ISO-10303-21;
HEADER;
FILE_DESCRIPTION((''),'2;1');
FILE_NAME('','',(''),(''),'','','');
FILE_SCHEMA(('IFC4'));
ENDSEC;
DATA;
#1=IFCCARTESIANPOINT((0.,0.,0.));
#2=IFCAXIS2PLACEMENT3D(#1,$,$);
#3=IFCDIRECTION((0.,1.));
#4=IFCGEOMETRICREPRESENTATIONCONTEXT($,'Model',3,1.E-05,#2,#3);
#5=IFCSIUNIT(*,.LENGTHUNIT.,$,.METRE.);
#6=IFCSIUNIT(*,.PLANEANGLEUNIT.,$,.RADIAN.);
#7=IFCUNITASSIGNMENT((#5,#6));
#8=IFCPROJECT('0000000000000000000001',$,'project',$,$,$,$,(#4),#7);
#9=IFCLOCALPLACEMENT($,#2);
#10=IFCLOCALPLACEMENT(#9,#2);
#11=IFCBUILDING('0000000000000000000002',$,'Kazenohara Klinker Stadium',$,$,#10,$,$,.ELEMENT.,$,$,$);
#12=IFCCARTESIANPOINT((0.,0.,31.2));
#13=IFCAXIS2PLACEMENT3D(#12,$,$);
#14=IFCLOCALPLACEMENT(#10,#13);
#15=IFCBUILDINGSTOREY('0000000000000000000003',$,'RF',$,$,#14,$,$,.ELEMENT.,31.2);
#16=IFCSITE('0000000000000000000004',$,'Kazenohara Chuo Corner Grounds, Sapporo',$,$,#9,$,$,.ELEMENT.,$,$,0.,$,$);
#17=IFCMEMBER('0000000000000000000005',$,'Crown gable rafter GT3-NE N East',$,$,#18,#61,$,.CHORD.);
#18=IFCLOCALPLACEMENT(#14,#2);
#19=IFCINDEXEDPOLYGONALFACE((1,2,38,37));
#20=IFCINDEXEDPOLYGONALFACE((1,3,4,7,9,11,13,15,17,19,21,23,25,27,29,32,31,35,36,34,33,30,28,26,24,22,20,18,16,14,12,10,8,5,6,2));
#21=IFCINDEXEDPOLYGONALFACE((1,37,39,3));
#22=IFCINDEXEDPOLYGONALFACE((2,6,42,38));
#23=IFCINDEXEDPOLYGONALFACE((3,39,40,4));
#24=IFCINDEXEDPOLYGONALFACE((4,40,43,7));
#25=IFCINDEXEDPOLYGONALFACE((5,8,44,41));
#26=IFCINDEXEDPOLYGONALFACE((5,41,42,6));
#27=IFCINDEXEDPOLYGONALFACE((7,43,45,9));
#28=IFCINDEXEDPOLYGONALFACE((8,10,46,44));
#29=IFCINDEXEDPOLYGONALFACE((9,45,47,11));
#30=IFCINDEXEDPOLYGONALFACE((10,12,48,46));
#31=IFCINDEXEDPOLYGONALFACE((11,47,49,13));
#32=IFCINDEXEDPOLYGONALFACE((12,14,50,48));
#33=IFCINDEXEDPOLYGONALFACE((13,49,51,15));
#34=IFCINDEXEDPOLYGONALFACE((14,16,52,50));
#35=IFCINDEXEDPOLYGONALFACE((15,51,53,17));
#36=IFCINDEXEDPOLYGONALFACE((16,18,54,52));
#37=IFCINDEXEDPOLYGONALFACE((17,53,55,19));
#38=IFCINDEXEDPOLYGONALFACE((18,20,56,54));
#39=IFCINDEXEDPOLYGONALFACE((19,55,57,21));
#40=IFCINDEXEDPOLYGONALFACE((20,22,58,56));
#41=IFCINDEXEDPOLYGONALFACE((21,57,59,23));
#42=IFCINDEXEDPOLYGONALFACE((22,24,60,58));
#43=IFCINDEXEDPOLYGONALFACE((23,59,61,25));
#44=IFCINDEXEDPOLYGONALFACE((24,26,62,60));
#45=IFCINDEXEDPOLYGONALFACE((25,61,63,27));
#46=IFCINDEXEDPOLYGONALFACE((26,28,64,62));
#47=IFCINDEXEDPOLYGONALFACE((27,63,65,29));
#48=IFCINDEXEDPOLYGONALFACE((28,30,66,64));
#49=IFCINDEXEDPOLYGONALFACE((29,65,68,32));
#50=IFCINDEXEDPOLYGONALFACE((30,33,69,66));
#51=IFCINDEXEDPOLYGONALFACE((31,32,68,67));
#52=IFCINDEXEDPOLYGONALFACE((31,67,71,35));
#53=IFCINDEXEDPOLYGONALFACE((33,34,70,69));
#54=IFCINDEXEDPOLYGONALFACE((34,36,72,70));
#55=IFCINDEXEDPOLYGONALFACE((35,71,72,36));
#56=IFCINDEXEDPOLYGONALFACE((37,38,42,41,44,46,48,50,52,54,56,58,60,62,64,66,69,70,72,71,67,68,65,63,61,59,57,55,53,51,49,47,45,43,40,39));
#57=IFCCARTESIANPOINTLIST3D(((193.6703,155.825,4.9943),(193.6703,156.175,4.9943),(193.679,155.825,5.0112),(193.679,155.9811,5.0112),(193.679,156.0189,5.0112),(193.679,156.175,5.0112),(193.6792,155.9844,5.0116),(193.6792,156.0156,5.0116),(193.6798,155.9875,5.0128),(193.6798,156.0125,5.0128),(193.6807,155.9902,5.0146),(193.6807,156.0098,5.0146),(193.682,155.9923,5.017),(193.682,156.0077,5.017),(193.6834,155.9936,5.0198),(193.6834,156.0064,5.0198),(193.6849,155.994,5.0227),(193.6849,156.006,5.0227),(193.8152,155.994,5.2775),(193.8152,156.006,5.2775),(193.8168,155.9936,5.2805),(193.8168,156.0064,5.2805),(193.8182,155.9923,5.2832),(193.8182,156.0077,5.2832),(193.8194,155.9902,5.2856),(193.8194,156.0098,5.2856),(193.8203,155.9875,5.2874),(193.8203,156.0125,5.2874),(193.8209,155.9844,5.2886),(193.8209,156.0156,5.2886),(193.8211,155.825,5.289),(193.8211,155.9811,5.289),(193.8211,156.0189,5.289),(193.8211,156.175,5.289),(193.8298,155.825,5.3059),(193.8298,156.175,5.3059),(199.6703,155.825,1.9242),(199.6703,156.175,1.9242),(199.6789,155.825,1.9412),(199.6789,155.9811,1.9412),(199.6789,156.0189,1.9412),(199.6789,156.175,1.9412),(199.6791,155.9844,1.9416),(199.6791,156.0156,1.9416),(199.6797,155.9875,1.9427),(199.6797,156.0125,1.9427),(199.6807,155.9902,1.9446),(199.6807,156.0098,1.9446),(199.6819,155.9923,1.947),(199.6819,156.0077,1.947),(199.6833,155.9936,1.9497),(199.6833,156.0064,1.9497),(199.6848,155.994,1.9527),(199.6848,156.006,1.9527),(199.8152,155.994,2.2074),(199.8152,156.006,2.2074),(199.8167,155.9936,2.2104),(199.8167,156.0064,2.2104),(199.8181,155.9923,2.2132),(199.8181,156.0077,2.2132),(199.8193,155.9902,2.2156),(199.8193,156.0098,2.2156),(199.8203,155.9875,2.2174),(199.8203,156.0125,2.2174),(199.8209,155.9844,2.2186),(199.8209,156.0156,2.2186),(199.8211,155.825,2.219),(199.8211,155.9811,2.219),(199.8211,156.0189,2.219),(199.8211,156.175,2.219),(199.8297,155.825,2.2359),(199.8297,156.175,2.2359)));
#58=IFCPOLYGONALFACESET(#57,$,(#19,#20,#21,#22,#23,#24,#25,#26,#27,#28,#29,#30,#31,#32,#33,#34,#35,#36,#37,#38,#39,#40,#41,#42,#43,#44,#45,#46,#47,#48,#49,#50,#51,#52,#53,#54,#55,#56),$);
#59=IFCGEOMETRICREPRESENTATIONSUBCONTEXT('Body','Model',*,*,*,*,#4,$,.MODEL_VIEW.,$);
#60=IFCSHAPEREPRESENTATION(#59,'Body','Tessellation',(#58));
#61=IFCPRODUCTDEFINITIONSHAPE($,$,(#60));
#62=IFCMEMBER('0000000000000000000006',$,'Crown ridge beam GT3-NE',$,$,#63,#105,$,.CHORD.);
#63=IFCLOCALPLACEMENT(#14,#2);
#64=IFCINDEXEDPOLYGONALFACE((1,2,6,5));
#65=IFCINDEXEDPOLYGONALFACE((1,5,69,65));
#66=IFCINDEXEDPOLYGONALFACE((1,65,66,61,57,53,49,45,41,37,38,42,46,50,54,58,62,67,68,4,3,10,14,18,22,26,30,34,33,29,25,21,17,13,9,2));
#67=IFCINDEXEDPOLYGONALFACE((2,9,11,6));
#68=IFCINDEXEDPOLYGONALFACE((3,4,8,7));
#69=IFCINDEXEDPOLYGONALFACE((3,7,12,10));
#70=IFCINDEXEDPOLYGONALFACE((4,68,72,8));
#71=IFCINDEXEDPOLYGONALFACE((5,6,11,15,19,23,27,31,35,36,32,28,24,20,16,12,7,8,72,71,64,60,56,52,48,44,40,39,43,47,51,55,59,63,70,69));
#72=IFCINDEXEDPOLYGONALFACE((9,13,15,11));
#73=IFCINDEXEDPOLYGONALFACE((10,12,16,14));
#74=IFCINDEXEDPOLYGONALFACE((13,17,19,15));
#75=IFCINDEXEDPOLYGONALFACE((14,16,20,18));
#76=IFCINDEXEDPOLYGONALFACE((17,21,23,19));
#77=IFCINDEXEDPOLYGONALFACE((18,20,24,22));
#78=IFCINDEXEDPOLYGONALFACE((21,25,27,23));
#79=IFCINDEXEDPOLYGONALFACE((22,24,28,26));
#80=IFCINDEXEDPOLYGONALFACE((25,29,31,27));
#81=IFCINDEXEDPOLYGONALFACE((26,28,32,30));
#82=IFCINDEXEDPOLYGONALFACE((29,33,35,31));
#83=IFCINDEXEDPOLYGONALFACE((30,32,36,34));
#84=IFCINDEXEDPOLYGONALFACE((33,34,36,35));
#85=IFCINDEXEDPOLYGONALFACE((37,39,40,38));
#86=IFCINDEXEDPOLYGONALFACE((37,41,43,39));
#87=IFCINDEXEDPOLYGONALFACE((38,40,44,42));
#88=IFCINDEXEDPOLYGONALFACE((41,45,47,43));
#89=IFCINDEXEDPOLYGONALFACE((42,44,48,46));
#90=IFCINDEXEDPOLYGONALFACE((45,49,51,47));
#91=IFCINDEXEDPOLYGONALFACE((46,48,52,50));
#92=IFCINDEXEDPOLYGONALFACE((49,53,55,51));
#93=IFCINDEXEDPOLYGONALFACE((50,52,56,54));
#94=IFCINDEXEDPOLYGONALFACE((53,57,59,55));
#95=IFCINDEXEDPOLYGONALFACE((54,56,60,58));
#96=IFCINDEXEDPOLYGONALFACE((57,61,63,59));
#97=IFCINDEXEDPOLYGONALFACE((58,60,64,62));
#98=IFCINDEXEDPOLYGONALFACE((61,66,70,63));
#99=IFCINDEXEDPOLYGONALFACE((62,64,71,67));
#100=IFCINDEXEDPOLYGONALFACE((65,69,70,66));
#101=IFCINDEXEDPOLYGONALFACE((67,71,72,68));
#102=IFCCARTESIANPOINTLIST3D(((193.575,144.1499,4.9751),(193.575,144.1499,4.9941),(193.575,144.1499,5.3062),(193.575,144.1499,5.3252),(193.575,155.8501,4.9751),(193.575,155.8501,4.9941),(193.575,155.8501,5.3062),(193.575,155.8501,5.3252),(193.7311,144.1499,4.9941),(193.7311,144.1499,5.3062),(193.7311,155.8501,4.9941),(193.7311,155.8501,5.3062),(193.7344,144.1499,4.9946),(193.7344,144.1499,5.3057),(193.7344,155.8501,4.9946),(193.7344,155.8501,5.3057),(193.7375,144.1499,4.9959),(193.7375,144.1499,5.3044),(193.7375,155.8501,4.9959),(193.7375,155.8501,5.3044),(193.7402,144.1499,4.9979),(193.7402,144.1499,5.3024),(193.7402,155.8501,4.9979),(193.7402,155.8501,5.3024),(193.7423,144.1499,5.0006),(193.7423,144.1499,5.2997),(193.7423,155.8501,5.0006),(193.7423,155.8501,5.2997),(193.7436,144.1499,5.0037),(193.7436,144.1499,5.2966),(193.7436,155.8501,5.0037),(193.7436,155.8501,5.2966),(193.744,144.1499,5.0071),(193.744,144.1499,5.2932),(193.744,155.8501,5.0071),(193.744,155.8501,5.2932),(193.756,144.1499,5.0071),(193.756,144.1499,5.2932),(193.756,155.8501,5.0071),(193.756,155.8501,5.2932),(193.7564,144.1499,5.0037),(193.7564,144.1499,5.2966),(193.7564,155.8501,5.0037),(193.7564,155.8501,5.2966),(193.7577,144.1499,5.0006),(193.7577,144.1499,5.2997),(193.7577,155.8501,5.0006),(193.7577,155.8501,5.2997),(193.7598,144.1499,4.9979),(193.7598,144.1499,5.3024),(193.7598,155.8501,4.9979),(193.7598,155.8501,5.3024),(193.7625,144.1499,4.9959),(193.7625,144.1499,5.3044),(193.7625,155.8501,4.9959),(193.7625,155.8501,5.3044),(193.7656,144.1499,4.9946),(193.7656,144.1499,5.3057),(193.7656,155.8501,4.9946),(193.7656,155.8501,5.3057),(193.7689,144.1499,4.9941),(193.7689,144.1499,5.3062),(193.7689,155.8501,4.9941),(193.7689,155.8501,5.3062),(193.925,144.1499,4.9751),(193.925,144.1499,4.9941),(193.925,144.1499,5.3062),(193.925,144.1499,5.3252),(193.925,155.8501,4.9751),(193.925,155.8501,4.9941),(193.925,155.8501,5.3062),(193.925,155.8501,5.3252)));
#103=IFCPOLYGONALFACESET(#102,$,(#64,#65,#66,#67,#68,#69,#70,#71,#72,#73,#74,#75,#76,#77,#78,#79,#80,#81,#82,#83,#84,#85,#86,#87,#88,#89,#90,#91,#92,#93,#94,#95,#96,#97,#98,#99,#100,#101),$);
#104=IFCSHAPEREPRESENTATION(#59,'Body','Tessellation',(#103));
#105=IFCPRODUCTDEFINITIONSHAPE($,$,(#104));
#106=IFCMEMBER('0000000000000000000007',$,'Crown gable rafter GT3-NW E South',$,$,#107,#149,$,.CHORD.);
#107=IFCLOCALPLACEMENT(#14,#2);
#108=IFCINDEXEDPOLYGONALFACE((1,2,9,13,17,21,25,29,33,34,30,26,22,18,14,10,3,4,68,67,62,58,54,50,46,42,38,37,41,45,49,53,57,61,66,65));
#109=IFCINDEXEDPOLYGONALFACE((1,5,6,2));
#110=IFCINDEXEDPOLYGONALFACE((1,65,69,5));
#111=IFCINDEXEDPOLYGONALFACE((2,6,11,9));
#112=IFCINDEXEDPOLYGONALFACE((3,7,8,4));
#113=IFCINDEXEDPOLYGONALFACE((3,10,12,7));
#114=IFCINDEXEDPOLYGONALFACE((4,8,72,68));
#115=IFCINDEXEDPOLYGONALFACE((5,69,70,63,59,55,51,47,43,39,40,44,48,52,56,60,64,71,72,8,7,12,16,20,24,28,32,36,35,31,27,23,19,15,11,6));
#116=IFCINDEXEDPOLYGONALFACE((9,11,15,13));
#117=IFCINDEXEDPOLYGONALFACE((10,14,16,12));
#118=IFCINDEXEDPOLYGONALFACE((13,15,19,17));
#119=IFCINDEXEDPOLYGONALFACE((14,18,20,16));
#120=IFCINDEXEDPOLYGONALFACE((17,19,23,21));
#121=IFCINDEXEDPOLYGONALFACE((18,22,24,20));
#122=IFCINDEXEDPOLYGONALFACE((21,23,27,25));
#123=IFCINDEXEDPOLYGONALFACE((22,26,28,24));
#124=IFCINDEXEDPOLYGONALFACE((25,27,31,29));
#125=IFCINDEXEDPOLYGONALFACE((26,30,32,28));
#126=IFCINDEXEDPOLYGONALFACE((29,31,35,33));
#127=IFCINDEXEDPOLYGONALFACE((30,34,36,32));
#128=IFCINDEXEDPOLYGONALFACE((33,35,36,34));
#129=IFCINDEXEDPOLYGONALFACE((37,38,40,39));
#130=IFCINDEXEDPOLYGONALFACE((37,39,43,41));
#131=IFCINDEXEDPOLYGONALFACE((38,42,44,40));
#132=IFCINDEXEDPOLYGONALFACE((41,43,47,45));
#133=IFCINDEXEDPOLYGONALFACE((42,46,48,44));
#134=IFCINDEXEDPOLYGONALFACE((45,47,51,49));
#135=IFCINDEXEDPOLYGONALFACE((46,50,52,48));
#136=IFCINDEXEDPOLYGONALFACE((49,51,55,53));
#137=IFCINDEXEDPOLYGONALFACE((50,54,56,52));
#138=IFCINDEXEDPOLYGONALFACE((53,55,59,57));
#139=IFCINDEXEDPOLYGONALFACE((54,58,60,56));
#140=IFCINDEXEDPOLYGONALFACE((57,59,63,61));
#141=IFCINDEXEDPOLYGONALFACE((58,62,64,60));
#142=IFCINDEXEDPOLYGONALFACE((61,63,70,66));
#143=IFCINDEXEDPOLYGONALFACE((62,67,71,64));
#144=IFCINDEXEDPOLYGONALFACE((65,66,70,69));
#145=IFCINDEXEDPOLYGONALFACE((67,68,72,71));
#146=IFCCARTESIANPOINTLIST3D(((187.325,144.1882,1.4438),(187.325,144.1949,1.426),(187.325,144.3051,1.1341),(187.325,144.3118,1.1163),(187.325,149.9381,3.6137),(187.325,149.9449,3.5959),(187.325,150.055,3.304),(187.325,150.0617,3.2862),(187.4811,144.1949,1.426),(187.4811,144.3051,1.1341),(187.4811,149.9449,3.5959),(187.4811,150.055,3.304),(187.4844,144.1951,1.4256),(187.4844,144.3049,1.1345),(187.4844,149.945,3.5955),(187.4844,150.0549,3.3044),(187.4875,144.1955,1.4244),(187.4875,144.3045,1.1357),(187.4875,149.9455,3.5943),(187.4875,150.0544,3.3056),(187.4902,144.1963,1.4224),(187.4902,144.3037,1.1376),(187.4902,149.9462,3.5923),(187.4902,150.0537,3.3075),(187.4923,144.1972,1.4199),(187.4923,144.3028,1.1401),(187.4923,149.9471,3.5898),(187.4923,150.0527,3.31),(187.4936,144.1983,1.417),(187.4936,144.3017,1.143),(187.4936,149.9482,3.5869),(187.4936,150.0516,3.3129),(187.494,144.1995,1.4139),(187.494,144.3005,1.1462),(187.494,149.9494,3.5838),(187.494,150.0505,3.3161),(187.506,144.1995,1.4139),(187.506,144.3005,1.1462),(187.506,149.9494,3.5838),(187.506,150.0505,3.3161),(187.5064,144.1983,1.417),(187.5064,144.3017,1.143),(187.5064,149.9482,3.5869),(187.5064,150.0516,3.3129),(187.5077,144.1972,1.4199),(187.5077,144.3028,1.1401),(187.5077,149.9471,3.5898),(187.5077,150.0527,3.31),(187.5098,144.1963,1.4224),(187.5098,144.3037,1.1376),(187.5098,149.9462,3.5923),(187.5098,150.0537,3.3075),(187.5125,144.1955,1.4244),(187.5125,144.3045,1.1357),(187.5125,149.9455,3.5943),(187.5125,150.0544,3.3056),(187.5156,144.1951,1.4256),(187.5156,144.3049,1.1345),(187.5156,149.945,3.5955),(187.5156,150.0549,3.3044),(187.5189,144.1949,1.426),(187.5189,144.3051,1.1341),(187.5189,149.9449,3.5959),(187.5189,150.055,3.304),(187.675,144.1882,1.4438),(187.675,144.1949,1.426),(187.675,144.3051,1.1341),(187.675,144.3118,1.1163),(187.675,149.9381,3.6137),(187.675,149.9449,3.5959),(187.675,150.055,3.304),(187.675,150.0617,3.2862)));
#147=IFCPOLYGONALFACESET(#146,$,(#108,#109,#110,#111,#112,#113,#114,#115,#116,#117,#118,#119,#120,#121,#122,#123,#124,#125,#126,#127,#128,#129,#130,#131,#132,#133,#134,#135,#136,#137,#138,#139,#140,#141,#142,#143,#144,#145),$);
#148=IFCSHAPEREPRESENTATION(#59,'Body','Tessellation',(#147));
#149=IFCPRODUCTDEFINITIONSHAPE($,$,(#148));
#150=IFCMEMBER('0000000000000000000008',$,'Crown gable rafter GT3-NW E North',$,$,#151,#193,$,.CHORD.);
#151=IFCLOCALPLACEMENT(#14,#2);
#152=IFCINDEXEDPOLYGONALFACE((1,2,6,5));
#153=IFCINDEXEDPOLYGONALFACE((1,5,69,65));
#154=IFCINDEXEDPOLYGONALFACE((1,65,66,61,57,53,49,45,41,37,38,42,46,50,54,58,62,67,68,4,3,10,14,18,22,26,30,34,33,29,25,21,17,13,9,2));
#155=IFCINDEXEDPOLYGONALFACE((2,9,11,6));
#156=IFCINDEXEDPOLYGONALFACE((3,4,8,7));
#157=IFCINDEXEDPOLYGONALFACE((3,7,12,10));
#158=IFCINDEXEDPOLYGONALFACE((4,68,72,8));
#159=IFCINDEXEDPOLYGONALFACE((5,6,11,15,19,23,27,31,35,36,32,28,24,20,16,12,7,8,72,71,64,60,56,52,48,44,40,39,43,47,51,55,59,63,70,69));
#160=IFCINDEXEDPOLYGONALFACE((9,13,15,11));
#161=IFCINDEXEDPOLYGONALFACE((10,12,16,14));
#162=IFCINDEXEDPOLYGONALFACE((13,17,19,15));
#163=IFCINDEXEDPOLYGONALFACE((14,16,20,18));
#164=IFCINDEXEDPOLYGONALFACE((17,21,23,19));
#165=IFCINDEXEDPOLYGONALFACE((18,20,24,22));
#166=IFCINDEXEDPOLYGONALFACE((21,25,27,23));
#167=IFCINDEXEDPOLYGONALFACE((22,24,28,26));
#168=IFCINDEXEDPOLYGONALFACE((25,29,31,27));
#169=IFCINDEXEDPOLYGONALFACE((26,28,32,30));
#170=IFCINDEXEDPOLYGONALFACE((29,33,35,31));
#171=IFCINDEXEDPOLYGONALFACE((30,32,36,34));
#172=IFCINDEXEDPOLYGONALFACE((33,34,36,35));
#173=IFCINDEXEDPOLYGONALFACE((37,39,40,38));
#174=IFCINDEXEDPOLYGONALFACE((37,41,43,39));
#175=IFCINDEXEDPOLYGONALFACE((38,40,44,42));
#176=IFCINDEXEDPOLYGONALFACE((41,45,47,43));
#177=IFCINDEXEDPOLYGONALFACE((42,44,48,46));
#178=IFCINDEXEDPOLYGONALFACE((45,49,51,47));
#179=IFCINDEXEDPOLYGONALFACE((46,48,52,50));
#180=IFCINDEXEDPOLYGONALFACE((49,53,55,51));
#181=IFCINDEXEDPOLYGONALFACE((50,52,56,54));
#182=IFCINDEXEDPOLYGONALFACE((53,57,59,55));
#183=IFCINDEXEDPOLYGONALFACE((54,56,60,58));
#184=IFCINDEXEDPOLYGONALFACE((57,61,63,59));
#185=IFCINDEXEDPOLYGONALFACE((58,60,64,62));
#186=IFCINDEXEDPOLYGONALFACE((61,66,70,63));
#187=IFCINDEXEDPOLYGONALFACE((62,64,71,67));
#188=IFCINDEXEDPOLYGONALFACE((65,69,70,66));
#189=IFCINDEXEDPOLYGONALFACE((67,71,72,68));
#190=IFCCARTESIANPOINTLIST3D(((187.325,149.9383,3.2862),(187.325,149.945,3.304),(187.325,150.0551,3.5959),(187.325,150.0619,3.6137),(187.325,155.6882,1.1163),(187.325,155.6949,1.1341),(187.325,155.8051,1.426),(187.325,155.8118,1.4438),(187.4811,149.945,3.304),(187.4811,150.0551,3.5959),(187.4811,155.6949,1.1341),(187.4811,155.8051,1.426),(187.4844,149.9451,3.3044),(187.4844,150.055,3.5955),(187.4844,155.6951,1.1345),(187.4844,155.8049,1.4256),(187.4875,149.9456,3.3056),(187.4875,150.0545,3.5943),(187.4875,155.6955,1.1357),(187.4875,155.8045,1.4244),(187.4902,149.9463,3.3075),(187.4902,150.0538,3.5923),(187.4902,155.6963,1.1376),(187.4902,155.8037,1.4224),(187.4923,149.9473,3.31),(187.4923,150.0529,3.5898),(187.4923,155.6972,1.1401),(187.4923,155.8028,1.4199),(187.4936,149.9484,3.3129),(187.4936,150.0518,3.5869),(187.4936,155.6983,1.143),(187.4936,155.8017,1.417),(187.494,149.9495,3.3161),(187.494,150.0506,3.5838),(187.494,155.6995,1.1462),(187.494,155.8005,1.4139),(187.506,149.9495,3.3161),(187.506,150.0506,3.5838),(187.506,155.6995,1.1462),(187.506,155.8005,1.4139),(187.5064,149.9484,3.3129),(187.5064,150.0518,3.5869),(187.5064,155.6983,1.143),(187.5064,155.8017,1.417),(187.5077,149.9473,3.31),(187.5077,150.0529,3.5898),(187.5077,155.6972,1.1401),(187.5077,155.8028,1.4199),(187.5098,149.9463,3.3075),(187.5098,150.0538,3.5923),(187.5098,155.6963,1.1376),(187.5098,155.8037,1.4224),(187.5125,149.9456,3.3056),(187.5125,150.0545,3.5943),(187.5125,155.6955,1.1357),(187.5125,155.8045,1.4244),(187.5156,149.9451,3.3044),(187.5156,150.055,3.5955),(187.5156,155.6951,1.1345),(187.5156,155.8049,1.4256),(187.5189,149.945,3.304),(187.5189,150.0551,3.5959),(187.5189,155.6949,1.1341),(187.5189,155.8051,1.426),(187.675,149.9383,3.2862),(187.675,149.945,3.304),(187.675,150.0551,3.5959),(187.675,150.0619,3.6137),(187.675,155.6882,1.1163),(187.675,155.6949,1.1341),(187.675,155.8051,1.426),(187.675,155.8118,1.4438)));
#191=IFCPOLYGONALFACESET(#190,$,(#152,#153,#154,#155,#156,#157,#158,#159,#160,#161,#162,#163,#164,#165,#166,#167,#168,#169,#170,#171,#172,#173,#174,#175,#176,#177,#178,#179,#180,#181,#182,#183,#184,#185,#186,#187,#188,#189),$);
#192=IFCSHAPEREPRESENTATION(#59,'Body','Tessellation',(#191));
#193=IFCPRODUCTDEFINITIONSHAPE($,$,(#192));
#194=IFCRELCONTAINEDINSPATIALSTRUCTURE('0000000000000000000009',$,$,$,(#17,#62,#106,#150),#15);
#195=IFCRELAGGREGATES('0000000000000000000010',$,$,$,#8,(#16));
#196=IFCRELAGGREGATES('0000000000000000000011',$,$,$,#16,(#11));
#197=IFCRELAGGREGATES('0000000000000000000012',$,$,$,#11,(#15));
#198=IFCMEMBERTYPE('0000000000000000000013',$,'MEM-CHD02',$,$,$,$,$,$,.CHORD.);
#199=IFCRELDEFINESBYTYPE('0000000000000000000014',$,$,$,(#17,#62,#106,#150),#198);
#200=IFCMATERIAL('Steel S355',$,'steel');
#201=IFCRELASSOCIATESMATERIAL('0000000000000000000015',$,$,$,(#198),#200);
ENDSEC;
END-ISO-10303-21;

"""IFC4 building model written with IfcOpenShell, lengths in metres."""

from ifc_helpers import new_model, si_unit, direction, frame, origin, origin_2d, place, context, subcontext, project, spatial, i_section, extrude, material, material_profile, profile_set, type_object, element, save


model = new_model("IFC4")

# Units and contexts
model_context = context("Model", 3, precision=1e-05, world=origin(), true_north=direction((0.0, 1.0)))
body_context = subcontext(model_context, "Body", "Model", "MODEL_VIEW")
ifc_project = project(units=[si_unit("LENGTHUNIT", "METRE"), si_unit("PLANEANGLEUNIT", "RADIAN")], contexts=[model_context])

# Site, building, storey
site_placement = place(None, origin())
site = spatial("IfcSite", under=ifc_project, at=site_placement, Name="Kazenohara Chuo Corner Grounds, Sapporo", CompositionType="ELEMENT", RefElevation=0.0)
building_placement = place(site_placement, origin())
building = spatial("IfcBuilding", under=site, at=building_placement, Name="Kazenohara Klinker Stadium", CompositionType="ELEMENT")
storey_placement = place(building_placement, frame((0.0, 0.0, 31.2)))
storey = spatial("IfcBuildingStorey", under=building, at=storey_placement, Name="RF", CompositionType="ELEMENT", Elevation=31.2)

# Members
ifc_material_1 = material(Name="Steel S355", Category="steel")
ifc_material_profile_1 = material_profile(ifc_material_1, i_section(OverallWidth=0.3501, OverallDepth=0.3501, WebThickness=0.012, FlangeThickness=0.019, FilletRadius=0.0129, at=origin_2d()), Name="H-350x350x12x19")
ifc_profile_set_1 = profile_set([ifc_material_profile_1], Name="Steel S355")
member_type_1 = type_object("IfcMemberType", Name="MEM-CHD02", PredefinedType="CHORD", material=ifc_profile_set_1)
for number, where, z_axis, x_axis, name in (
    (1, (199.75, 156.0, 2.0801), (-0.89023, 0.0, 0.455511), (0.0, -1.0, 0.0), "Crown gable rafter GT3-NE N East"),
):
    element("IfcMember", number, at=place(storey_placement, frame(where, z_axis=z_axis, x_axis=x_axis)), inside=storey, type_object=member_type_1, Name=name, PredefinedType="CHORD", context=body_context, shape_type="SweptSolid", body=[
        extrude(i_section(OverallWidth=0.3501, OverallDepth=0.3501, WebThickness=0.012, FlangeThickness=0.019, FilletRadius=0.0129, at=origin_2d()), origin(), (0.0, 0.0, 1.0), 6.7397),
    ])
member_1_placement = place(storey_placement, frame((193.75, 144.1499, 5.1501), z_axis=(0.0, 1.0, 0.0), x_axis=(-1.0, 0.0, 0.0)))
element("IfcMember", 2, at=member_1_placement, inside=storey, type_object=member_type_1, Name="Crown ridge beam GT3-NE", PredefinedType="CHORD", context=body_context, shape_type="SweptSolid", body=[
    extrude(i_section(OverallWidth=0.3501, OverallDepth=0.3501, WebThickness=0.012, FlangeThickness=0.019, FilletRadius=0.0129, at=origin_2d()), origin(), (0.0, 0.0, 1.0), 11.7002),
])
for number, where, z_axis, x_axis, name in (
    (3, (187.5, 144.25, 1.28), (0.0, 0.935596, 0.353073), (-1.0, 0.0, 0.0), "Crown gable rafter GT3-NW E South"),
    (4, (187.5, 155.75, 1.28), (0.0, -0.935596, 0.353073), (1.0, 0.0, 0.0), "Crown gable rafter GT3-NW E North"),
):
    element("IfcMember", number, at=place(storey_placement, frame(where, z_axis=z_axis, x_axis=x_axis)), inside=storey, type_object=member_type_1, Name=name, PredefinedType="CHORD", context=body_context, shape_type="SweptSolid", body=[
        extrude(i_section(OverallWidth=0.3501, OverallDepth=0.3501, WebThickness=0.012, FlangeThickness=0.019, FilletRadius=0.0129, at=origin_2d()), origin(), (0.0, 0.0, 1.0), 6.1458),
    ])

save(model, "model.ifc")
